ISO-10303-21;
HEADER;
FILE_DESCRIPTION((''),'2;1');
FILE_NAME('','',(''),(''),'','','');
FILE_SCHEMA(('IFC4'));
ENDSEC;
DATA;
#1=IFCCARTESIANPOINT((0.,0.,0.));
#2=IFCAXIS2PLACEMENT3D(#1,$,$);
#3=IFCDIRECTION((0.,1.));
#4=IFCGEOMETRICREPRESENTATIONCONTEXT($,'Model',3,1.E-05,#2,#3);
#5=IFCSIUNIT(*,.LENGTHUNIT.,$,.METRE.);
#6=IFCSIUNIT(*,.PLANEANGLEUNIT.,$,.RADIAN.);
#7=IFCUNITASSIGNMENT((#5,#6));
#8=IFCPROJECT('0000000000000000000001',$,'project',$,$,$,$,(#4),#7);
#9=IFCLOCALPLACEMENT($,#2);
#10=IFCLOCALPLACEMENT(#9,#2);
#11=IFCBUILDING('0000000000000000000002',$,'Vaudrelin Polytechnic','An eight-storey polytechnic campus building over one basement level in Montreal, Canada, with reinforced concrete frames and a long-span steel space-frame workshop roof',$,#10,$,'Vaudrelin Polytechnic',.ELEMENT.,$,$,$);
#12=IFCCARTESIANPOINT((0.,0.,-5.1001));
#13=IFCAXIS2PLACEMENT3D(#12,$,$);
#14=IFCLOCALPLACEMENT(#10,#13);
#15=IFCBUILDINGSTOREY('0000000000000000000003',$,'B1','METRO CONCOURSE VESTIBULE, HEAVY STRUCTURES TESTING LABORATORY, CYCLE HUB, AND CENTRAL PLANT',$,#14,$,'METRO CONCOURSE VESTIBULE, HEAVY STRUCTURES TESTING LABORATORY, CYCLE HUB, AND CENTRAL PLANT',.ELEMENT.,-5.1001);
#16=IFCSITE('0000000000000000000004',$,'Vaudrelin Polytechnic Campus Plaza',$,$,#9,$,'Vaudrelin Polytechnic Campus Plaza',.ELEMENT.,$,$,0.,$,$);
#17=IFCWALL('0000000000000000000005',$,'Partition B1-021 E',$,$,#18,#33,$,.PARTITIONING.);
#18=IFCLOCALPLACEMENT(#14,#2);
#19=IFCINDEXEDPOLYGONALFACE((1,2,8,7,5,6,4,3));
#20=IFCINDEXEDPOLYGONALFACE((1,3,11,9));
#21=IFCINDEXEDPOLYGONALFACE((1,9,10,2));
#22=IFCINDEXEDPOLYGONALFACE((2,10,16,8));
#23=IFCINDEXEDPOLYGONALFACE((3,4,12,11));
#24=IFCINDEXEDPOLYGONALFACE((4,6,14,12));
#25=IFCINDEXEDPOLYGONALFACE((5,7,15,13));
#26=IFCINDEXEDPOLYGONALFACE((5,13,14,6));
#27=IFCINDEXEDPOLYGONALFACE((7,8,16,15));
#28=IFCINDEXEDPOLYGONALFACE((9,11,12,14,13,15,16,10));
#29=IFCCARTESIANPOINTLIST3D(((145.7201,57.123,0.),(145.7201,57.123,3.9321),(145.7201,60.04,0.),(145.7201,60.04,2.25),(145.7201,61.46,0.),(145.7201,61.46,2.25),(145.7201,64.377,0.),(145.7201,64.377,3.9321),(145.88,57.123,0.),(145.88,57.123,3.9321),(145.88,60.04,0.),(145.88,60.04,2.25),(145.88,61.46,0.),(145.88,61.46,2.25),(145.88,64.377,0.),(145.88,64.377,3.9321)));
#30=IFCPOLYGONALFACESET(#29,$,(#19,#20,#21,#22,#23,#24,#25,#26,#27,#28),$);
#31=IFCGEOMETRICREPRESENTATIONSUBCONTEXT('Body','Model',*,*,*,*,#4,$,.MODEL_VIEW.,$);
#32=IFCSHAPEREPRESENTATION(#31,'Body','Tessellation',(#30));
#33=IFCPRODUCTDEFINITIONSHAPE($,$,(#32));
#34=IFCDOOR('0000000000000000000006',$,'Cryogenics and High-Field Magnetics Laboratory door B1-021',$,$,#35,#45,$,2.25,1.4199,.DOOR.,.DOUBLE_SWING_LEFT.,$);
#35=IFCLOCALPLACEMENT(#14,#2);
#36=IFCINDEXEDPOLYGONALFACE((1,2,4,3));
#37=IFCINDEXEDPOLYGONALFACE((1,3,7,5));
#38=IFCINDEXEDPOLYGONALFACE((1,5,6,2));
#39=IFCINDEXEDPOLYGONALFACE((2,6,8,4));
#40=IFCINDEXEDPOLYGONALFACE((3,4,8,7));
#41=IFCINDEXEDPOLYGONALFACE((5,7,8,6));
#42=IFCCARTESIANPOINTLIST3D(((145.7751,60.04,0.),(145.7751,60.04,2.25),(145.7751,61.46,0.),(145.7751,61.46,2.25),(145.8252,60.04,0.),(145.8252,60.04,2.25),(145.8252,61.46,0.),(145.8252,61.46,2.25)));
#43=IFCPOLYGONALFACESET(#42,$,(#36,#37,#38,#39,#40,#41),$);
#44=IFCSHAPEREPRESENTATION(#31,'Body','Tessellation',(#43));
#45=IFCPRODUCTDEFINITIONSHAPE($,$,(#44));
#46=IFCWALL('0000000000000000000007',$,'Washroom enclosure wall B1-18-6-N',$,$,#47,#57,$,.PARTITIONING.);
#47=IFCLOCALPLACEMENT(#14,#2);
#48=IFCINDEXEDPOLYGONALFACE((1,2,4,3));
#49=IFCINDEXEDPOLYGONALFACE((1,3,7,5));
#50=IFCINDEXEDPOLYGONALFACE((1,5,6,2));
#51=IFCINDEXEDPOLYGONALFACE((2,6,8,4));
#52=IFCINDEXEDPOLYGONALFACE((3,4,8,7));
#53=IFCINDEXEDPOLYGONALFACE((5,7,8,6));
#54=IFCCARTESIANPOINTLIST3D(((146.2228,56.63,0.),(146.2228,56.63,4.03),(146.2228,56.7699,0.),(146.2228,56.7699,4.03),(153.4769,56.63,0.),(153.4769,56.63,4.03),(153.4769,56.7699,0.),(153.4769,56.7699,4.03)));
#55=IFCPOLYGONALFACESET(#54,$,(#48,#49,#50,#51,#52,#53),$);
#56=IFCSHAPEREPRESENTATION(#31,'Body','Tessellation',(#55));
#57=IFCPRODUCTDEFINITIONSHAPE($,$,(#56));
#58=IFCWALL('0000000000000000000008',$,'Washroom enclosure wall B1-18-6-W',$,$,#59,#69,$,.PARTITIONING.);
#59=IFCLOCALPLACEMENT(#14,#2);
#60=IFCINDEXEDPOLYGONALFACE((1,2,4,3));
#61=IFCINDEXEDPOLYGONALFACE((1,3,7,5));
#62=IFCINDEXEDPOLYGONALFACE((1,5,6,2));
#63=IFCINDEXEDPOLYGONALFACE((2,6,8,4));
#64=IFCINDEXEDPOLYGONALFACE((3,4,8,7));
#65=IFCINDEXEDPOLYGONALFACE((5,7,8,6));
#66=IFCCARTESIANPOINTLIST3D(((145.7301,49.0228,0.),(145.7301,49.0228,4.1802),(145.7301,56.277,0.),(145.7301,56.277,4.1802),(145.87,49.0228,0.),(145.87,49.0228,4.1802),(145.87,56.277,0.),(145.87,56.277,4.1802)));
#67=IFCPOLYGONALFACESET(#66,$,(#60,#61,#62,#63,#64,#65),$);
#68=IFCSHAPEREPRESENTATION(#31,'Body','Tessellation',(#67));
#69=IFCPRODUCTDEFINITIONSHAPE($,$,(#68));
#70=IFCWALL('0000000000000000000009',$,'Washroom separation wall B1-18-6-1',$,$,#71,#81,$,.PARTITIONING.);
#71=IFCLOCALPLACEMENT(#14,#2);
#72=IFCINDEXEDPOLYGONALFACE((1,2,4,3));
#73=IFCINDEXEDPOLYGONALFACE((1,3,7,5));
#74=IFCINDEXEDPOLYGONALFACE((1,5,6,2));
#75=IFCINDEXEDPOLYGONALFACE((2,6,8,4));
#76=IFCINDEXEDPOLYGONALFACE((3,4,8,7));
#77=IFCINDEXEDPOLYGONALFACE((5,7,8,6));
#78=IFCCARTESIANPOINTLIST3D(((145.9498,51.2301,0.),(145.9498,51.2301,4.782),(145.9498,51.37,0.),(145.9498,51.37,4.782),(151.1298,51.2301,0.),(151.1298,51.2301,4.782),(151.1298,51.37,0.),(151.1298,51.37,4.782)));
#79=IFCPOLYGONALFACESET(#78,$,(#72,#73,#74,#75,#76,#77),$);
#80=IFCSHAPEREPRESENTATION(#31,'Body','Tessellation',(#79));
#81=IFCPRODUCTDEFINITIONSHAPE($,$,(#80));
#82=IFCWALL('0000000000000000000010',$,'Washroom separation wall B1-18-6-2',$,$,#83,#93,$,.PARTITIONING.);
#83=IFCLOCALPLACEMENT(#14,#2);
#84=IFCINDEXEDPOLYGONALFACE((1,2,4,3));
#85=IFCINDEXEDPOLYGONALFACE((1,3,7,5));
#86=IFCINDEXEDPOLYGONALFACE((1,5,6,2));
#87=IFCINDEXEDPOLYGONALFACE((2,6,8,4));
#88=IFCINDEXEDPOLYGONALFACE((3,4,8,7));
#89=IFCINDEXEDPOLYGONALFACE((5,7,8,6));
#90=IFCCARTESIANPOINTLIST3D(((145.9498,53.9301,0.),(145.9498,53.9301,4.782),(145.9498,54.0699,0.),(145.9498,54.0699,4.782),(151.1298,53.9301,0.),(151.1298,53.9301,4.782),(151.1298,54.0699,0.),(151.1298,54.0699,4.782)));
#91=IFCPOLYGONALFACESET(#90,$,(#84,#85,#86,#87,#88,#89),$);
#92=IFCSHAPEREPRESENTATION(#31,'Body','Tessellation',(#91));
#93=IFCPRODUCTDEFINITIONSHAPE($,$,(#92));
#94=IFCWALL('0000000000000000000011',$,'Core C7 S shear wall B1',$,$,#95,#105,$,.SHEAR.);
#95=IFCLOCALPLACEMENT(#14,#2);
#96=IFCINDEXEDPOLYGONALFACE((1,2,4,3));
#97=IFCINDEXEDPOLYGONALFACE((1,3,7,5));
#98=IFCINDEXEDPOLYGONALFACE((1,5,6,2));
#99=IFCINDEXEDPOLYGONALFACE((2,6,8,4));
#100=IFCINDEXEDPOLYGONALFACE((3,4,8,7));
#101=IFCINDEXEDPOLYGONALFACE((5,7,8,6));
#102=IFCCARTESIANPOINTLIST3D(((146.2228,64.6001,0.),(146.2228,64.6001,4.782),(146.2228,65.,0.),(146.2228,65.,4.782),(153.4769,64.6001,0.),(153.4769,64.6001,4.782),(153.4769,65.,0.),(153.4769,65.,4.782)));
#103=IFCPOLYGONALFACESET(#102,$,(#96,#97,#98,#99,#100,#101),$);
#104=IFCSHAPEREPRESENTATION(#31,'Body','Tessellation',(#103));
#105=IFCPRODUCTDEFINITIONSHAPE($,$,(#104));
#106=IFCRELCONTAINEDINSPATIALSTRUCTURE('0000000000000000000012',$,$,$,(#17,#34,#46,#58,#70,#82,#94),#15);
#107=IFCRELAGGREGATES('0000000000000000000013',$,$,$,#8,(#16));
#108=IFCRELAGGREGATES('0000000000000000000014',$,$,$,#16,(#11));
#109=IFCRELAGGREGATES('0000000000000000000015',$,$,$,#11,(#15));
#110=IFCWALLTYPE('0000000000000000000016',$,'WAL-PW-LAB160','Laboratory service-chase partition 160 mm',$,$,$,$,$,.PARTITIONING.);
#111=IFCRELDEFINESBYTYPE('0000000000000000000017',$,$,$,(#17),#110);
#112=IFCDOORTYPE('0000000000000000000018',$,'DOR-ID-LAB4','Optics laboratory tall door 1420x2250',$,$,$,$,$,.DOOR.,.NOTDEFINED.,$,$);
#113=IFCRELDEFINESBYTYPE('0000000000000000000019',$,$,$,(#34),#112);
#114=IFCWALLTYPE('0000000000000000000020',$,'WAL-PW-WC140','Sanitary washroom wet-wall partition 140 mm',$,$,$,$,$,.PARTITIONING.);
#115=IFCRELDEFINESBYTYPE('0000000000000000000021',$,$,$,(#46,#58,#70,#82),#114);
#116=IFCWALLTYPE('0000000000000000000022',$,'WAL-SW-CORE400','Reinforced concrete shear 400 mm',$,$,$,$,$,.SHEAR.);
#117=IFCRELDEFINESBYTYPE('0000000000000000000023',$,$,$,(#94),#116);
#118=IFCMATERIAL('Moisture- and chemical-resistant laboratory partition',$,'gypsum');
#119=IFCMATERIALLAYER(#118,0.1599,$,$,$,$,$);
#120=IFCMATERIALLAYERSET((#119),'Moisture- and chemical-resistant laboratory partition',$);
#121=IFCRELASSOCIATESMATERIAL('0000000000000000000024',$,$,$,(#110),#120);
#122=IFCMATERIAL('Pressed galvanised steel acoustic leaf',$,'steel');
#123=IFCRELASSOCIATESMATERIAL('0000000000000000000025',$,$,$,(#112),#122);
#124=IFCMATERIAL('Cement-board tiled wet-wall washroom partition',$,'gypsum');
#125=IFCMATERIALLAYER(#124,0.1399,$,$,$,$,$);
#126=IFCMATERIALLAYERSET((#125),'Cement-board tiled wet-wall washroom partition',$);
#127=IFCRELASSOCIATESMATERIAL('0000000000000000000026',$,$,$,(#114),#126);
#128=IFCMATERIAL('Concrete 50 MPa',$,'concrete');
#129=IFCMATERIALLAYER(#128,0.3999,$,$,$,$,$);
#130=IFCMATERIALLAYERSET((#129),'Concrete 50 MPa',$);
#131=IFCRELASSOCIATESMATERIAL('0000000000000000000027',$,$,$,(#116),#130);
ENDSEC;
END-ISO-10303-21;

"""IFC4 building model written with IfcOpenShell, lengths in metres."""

from ifc_helpers import new_model, si_unit, direction, frame, frame_2d, origin, place, context, subcontext, project, spatial, rectangle, extrude, material, layer, layer_set, type_object, element, fill, save


model = new_model("IFC4")

# Units and contexts
model_context = context("Model", 3, precision=1e-05, world=origin(), true_north=direction((0.0, 1.0)))
body_context = subcontext(model_context, "Body", "Model", "MODEL_VIEW")
ifc_project = project(units=[si_unit("LENGTHUNIT", "METRE"), si_unit("PLANEANGLEUNIT", "RADIAN")], contexts=[model_context])

# Site, building, storey
site_placement = place(None, origin())
site = spatial("IfcSite", under=ifc_project, at=site_placement, Name="Vaudrelin Polytechnic Campus Plaza", LongName="Vaudrelin Polytechnic Campus Plaza", CompositionType="ELEMENT", RefElevation=0.0)
building_placement = place(site_placement, origin())
building = spatial("IfcBuilding", under=site, at=building_placement, Name="Vaudrelin Polytechnic", Description="An eight-storey polytechnic campus building over one basement level in Montreal, Canada, with reinforced concrete frames and a long-span steel space-frame workshop roof", LongName="Vaudrelin Polytechnic", CompositionType="ELEMENT")
storey_placement = place(building_placement, frame((0.0, 0.0, -5.1001)))
storey = spatial("IfcBuildingStorey", under=building, at=storey_placement, Name="B1", Description="METRO CONCOURSE VESTIBULE, HEAVY STRUCTURES TESTING LABORATORY, CYCLE HUB, AND CENTRAL PLANT", LongName="METRO CONCOURSE VESTIBULE, HEAVY STRUCTURES TESTING LABORATORY, CYCLE HUB, AND CENTRAL PLANT", CompositionType="ELEMENT", Elevation=-5.1001)

# Shared definitions
ifc_material_1 = material(Name="Concrete 50 MPa", Category="concrete")

# Shared definitions
ifc_material_2 = material(Name="Moisture- and chemical-resistant laboratory partition", Category="gypsum")
ifc_layer_1 = layer(ifc_material_2, 0.1599)
ifc_layer_set_1 = layer_set([ifc_layer_1], Name="Moisture- and chemical-resistant laboratory partition")
wall_type_1 = type_object("IfcWallType", Name="WAL-PW-LAB160", Description="Laboratory service-chase partition 160 mm", PredefinedType="PARTITIONING", material=ifc_layer_set_1)

# Wall, opening, door
wall_1_placement = place(storey_placement, frame((145.8, 57.123, 0.0), z_axis=(0.0, 0.0, 1.0), x_axis=(0.0, 1.0, 0.0)))
wall_1 = element("IfcWall", 1, at=wall_1_placement, inside=storey, type_object=wall_type_1, Name="Partition B1-021 E", PredefinedType="PARTITIONING", context=body_context, shape_type="SweptSolid", body=[
    extrude(rectangle(XDim=7.2539, YDim=0.1599, at=frame_2d((3.627, 0.0))), origin(), (0.0, 0.0, 1.0), 3.9321),
])
opening_placement = place(wall_1_placement, frame((2.917, 0.0, 0.0)))
opening = element("IfcOpeningElement", 2, at=opening_placement, cuts=wall_1, PredefinedType="OPENING", context=body_context, shape_type="SweptSolid", body=[
    extrude(rectangle(XDim=1.4199, YDim=2.25, at=frame_2d((0.71, 1.125))), frame((0.0, 0.0898, 0.0), z_axis=(0.0, -1.0, 0.0), x_axis=(1.0, 0.0, 0.0)), (0.0, 0.0, 1.0), 0.1799),
])
ifc_material_3 = material(Name="Pressed galvanised steel acoustic leaf", Category="steel")
door_type = type_object("IfcDoorType", Name="DOR-ID-LAB4", Description="Optics laboratory tall door 1420x2250", OperationType="NOTDEFINED", PredefinedType="DOOR", material=ifc_material_3)
door_placement = place(opening_placement, origin())
door = element("IfcDoor", 3, at=door_placement, inside=storey, type_object=door_type, Name="Cryogenics and High-Field Magnetics Laboratory door B1-021", OperationType="DOUBLE_SWING_LEFT", OverallHeight=2.25, OverallWidth=1.4199, PredefinedType="DOOR", context=body_context, shape_type="SweptSolid", body=[
    extrude(rectangle(XDim=1.4199, YDim=2.25, at=frame_2d((0.71, 1.125))), frame((0.0, 0.0249, 0.0), z_axis=(0.0, -1.0, 0.0), x_axis=(1.0, 0.0, 0.0)), (0.0, 0.0, 1.0), 0.05),
])
fill(opening, door)

# Walls
ifc_material_4 = material(Name="Cement-board tiled wet-wall washroom partition", Category="gypsum")
ifc_layer_2 = layer(ifc_material_4, 0.1399)
ifc_layer_set_2 = layer_set([ifc_layer_2], Name="Cement-board tiled wet-wall washroom partition")
wall_type_2 = type_object("IfcWallType", Name="WAL-PW-WC140", Description="Sanitary washroom wet-wall partition 140 mm", PredefinedType="PARTITIONING", material=ifc_layer_set_2)
wall_2_placement = place(storey_placement, frame((146.2229, 56.7, 0.0), z_axis=(0.0, 0.0, 1.0), x_axis=(1.0, 0.0, 0.0)))
element("IfcWall", 4, at=wall_2_placement, inside=storey, type_object=wall_type_2, Name="Washroom enclosure wall B1-18-6-N", PredefinedType="PARTITIONING", context=body_context, shape_type="SweptSolid", body=[
    extrude(rectangle(XDim=7.2542, YDim=0.1399, at=frame_2d((3.627, 0.0))), origin(), (0.0, 0.0, 1.0), 4.03),
])
wall_3_placement = place(storey_placement, frame((145.8, 49.0229, 0.0), z_axis=(0.0, 0.0, 1.0), x_axis=(0.0, 1.0, 0.0)))
element("IfcWall", 5, at=wall_3_placement, inside=storey, type_object=wall_type_2, Name="Washroom enclosure wall B1-18-6-W", PredefinedType="PARTITIONING", context=body_context, shape_type="SweptSolid", body=[
    extrude(rectangle(XDim=7.2542, YDim=0.1399, at=frame_2d((3.627, 0.0))), origin(), (0.0, 0.0, 1.0), 4.1802),
])
for number, where, z_axis, x_axis, name in (
    (6, (145.95, 51.3, 0.0), (0.0, 0.0, 1.0), (1.0, 0.0, 0.0), "Washroom separation wall B1-18-6-1"),
    (7, (145.95, 54.0, 0.0), (0.0, 0.0, 1.0), (1.0, 0.0, 0.0), "Washroom separation wall B1-18-6-2"),
):
    element("IfcWall", number, at=place(storey_placement, frame(where, z_axis=z_axis, x_axis=x_axis)), inside=storey, type_object=wall_type_2, Name=name, PredefinedType="PARTITIONING", context=body_context, shape_type="SweptSolid", body=[
        extrude(rectangle(XDim=5.1799, YDim=0.1399, at=frame_2d((2.5898, 0.0))), origin(), (0.0, 0.0, 1.0), 4.782),
    ])
ifc_layer_3 = layer(ifc_material_1, 0.3999)
ifc_layer_set_3 = layer_set([ifc_layer_3], Name="Concrete 50 MPa")
wall_type_3 = type_object("IfcWallType", Name="WAL-SW-CORE400", Description="Reinforced concrete shear 400 mm", PredefinedType="SHEAR", material=ifc_layer_set_3)
wall_4_placement = place(storey_placement, frame((146.2229, 64.8, 0.0), z_axis=(0.0, 0.0, 1.0), x_axis=(1.0, 0.0, 0.0)))
element("IfcWall", 8, at=wall_4_placement, inside=storey, type_object=wall_type_3, Name="Core C7 S shear wall B1", PredefinedType="SHEAR", context=body_context, shape_type="SweptSolid", body=[
    extrude(rectangle(XDim=7.2542, YDim=0.3999, at=frame_2d((3.627, 0.0))), origin(), (0.0, 0.0, 1.0), 4.782),
])

save(model, "model.ifc")
